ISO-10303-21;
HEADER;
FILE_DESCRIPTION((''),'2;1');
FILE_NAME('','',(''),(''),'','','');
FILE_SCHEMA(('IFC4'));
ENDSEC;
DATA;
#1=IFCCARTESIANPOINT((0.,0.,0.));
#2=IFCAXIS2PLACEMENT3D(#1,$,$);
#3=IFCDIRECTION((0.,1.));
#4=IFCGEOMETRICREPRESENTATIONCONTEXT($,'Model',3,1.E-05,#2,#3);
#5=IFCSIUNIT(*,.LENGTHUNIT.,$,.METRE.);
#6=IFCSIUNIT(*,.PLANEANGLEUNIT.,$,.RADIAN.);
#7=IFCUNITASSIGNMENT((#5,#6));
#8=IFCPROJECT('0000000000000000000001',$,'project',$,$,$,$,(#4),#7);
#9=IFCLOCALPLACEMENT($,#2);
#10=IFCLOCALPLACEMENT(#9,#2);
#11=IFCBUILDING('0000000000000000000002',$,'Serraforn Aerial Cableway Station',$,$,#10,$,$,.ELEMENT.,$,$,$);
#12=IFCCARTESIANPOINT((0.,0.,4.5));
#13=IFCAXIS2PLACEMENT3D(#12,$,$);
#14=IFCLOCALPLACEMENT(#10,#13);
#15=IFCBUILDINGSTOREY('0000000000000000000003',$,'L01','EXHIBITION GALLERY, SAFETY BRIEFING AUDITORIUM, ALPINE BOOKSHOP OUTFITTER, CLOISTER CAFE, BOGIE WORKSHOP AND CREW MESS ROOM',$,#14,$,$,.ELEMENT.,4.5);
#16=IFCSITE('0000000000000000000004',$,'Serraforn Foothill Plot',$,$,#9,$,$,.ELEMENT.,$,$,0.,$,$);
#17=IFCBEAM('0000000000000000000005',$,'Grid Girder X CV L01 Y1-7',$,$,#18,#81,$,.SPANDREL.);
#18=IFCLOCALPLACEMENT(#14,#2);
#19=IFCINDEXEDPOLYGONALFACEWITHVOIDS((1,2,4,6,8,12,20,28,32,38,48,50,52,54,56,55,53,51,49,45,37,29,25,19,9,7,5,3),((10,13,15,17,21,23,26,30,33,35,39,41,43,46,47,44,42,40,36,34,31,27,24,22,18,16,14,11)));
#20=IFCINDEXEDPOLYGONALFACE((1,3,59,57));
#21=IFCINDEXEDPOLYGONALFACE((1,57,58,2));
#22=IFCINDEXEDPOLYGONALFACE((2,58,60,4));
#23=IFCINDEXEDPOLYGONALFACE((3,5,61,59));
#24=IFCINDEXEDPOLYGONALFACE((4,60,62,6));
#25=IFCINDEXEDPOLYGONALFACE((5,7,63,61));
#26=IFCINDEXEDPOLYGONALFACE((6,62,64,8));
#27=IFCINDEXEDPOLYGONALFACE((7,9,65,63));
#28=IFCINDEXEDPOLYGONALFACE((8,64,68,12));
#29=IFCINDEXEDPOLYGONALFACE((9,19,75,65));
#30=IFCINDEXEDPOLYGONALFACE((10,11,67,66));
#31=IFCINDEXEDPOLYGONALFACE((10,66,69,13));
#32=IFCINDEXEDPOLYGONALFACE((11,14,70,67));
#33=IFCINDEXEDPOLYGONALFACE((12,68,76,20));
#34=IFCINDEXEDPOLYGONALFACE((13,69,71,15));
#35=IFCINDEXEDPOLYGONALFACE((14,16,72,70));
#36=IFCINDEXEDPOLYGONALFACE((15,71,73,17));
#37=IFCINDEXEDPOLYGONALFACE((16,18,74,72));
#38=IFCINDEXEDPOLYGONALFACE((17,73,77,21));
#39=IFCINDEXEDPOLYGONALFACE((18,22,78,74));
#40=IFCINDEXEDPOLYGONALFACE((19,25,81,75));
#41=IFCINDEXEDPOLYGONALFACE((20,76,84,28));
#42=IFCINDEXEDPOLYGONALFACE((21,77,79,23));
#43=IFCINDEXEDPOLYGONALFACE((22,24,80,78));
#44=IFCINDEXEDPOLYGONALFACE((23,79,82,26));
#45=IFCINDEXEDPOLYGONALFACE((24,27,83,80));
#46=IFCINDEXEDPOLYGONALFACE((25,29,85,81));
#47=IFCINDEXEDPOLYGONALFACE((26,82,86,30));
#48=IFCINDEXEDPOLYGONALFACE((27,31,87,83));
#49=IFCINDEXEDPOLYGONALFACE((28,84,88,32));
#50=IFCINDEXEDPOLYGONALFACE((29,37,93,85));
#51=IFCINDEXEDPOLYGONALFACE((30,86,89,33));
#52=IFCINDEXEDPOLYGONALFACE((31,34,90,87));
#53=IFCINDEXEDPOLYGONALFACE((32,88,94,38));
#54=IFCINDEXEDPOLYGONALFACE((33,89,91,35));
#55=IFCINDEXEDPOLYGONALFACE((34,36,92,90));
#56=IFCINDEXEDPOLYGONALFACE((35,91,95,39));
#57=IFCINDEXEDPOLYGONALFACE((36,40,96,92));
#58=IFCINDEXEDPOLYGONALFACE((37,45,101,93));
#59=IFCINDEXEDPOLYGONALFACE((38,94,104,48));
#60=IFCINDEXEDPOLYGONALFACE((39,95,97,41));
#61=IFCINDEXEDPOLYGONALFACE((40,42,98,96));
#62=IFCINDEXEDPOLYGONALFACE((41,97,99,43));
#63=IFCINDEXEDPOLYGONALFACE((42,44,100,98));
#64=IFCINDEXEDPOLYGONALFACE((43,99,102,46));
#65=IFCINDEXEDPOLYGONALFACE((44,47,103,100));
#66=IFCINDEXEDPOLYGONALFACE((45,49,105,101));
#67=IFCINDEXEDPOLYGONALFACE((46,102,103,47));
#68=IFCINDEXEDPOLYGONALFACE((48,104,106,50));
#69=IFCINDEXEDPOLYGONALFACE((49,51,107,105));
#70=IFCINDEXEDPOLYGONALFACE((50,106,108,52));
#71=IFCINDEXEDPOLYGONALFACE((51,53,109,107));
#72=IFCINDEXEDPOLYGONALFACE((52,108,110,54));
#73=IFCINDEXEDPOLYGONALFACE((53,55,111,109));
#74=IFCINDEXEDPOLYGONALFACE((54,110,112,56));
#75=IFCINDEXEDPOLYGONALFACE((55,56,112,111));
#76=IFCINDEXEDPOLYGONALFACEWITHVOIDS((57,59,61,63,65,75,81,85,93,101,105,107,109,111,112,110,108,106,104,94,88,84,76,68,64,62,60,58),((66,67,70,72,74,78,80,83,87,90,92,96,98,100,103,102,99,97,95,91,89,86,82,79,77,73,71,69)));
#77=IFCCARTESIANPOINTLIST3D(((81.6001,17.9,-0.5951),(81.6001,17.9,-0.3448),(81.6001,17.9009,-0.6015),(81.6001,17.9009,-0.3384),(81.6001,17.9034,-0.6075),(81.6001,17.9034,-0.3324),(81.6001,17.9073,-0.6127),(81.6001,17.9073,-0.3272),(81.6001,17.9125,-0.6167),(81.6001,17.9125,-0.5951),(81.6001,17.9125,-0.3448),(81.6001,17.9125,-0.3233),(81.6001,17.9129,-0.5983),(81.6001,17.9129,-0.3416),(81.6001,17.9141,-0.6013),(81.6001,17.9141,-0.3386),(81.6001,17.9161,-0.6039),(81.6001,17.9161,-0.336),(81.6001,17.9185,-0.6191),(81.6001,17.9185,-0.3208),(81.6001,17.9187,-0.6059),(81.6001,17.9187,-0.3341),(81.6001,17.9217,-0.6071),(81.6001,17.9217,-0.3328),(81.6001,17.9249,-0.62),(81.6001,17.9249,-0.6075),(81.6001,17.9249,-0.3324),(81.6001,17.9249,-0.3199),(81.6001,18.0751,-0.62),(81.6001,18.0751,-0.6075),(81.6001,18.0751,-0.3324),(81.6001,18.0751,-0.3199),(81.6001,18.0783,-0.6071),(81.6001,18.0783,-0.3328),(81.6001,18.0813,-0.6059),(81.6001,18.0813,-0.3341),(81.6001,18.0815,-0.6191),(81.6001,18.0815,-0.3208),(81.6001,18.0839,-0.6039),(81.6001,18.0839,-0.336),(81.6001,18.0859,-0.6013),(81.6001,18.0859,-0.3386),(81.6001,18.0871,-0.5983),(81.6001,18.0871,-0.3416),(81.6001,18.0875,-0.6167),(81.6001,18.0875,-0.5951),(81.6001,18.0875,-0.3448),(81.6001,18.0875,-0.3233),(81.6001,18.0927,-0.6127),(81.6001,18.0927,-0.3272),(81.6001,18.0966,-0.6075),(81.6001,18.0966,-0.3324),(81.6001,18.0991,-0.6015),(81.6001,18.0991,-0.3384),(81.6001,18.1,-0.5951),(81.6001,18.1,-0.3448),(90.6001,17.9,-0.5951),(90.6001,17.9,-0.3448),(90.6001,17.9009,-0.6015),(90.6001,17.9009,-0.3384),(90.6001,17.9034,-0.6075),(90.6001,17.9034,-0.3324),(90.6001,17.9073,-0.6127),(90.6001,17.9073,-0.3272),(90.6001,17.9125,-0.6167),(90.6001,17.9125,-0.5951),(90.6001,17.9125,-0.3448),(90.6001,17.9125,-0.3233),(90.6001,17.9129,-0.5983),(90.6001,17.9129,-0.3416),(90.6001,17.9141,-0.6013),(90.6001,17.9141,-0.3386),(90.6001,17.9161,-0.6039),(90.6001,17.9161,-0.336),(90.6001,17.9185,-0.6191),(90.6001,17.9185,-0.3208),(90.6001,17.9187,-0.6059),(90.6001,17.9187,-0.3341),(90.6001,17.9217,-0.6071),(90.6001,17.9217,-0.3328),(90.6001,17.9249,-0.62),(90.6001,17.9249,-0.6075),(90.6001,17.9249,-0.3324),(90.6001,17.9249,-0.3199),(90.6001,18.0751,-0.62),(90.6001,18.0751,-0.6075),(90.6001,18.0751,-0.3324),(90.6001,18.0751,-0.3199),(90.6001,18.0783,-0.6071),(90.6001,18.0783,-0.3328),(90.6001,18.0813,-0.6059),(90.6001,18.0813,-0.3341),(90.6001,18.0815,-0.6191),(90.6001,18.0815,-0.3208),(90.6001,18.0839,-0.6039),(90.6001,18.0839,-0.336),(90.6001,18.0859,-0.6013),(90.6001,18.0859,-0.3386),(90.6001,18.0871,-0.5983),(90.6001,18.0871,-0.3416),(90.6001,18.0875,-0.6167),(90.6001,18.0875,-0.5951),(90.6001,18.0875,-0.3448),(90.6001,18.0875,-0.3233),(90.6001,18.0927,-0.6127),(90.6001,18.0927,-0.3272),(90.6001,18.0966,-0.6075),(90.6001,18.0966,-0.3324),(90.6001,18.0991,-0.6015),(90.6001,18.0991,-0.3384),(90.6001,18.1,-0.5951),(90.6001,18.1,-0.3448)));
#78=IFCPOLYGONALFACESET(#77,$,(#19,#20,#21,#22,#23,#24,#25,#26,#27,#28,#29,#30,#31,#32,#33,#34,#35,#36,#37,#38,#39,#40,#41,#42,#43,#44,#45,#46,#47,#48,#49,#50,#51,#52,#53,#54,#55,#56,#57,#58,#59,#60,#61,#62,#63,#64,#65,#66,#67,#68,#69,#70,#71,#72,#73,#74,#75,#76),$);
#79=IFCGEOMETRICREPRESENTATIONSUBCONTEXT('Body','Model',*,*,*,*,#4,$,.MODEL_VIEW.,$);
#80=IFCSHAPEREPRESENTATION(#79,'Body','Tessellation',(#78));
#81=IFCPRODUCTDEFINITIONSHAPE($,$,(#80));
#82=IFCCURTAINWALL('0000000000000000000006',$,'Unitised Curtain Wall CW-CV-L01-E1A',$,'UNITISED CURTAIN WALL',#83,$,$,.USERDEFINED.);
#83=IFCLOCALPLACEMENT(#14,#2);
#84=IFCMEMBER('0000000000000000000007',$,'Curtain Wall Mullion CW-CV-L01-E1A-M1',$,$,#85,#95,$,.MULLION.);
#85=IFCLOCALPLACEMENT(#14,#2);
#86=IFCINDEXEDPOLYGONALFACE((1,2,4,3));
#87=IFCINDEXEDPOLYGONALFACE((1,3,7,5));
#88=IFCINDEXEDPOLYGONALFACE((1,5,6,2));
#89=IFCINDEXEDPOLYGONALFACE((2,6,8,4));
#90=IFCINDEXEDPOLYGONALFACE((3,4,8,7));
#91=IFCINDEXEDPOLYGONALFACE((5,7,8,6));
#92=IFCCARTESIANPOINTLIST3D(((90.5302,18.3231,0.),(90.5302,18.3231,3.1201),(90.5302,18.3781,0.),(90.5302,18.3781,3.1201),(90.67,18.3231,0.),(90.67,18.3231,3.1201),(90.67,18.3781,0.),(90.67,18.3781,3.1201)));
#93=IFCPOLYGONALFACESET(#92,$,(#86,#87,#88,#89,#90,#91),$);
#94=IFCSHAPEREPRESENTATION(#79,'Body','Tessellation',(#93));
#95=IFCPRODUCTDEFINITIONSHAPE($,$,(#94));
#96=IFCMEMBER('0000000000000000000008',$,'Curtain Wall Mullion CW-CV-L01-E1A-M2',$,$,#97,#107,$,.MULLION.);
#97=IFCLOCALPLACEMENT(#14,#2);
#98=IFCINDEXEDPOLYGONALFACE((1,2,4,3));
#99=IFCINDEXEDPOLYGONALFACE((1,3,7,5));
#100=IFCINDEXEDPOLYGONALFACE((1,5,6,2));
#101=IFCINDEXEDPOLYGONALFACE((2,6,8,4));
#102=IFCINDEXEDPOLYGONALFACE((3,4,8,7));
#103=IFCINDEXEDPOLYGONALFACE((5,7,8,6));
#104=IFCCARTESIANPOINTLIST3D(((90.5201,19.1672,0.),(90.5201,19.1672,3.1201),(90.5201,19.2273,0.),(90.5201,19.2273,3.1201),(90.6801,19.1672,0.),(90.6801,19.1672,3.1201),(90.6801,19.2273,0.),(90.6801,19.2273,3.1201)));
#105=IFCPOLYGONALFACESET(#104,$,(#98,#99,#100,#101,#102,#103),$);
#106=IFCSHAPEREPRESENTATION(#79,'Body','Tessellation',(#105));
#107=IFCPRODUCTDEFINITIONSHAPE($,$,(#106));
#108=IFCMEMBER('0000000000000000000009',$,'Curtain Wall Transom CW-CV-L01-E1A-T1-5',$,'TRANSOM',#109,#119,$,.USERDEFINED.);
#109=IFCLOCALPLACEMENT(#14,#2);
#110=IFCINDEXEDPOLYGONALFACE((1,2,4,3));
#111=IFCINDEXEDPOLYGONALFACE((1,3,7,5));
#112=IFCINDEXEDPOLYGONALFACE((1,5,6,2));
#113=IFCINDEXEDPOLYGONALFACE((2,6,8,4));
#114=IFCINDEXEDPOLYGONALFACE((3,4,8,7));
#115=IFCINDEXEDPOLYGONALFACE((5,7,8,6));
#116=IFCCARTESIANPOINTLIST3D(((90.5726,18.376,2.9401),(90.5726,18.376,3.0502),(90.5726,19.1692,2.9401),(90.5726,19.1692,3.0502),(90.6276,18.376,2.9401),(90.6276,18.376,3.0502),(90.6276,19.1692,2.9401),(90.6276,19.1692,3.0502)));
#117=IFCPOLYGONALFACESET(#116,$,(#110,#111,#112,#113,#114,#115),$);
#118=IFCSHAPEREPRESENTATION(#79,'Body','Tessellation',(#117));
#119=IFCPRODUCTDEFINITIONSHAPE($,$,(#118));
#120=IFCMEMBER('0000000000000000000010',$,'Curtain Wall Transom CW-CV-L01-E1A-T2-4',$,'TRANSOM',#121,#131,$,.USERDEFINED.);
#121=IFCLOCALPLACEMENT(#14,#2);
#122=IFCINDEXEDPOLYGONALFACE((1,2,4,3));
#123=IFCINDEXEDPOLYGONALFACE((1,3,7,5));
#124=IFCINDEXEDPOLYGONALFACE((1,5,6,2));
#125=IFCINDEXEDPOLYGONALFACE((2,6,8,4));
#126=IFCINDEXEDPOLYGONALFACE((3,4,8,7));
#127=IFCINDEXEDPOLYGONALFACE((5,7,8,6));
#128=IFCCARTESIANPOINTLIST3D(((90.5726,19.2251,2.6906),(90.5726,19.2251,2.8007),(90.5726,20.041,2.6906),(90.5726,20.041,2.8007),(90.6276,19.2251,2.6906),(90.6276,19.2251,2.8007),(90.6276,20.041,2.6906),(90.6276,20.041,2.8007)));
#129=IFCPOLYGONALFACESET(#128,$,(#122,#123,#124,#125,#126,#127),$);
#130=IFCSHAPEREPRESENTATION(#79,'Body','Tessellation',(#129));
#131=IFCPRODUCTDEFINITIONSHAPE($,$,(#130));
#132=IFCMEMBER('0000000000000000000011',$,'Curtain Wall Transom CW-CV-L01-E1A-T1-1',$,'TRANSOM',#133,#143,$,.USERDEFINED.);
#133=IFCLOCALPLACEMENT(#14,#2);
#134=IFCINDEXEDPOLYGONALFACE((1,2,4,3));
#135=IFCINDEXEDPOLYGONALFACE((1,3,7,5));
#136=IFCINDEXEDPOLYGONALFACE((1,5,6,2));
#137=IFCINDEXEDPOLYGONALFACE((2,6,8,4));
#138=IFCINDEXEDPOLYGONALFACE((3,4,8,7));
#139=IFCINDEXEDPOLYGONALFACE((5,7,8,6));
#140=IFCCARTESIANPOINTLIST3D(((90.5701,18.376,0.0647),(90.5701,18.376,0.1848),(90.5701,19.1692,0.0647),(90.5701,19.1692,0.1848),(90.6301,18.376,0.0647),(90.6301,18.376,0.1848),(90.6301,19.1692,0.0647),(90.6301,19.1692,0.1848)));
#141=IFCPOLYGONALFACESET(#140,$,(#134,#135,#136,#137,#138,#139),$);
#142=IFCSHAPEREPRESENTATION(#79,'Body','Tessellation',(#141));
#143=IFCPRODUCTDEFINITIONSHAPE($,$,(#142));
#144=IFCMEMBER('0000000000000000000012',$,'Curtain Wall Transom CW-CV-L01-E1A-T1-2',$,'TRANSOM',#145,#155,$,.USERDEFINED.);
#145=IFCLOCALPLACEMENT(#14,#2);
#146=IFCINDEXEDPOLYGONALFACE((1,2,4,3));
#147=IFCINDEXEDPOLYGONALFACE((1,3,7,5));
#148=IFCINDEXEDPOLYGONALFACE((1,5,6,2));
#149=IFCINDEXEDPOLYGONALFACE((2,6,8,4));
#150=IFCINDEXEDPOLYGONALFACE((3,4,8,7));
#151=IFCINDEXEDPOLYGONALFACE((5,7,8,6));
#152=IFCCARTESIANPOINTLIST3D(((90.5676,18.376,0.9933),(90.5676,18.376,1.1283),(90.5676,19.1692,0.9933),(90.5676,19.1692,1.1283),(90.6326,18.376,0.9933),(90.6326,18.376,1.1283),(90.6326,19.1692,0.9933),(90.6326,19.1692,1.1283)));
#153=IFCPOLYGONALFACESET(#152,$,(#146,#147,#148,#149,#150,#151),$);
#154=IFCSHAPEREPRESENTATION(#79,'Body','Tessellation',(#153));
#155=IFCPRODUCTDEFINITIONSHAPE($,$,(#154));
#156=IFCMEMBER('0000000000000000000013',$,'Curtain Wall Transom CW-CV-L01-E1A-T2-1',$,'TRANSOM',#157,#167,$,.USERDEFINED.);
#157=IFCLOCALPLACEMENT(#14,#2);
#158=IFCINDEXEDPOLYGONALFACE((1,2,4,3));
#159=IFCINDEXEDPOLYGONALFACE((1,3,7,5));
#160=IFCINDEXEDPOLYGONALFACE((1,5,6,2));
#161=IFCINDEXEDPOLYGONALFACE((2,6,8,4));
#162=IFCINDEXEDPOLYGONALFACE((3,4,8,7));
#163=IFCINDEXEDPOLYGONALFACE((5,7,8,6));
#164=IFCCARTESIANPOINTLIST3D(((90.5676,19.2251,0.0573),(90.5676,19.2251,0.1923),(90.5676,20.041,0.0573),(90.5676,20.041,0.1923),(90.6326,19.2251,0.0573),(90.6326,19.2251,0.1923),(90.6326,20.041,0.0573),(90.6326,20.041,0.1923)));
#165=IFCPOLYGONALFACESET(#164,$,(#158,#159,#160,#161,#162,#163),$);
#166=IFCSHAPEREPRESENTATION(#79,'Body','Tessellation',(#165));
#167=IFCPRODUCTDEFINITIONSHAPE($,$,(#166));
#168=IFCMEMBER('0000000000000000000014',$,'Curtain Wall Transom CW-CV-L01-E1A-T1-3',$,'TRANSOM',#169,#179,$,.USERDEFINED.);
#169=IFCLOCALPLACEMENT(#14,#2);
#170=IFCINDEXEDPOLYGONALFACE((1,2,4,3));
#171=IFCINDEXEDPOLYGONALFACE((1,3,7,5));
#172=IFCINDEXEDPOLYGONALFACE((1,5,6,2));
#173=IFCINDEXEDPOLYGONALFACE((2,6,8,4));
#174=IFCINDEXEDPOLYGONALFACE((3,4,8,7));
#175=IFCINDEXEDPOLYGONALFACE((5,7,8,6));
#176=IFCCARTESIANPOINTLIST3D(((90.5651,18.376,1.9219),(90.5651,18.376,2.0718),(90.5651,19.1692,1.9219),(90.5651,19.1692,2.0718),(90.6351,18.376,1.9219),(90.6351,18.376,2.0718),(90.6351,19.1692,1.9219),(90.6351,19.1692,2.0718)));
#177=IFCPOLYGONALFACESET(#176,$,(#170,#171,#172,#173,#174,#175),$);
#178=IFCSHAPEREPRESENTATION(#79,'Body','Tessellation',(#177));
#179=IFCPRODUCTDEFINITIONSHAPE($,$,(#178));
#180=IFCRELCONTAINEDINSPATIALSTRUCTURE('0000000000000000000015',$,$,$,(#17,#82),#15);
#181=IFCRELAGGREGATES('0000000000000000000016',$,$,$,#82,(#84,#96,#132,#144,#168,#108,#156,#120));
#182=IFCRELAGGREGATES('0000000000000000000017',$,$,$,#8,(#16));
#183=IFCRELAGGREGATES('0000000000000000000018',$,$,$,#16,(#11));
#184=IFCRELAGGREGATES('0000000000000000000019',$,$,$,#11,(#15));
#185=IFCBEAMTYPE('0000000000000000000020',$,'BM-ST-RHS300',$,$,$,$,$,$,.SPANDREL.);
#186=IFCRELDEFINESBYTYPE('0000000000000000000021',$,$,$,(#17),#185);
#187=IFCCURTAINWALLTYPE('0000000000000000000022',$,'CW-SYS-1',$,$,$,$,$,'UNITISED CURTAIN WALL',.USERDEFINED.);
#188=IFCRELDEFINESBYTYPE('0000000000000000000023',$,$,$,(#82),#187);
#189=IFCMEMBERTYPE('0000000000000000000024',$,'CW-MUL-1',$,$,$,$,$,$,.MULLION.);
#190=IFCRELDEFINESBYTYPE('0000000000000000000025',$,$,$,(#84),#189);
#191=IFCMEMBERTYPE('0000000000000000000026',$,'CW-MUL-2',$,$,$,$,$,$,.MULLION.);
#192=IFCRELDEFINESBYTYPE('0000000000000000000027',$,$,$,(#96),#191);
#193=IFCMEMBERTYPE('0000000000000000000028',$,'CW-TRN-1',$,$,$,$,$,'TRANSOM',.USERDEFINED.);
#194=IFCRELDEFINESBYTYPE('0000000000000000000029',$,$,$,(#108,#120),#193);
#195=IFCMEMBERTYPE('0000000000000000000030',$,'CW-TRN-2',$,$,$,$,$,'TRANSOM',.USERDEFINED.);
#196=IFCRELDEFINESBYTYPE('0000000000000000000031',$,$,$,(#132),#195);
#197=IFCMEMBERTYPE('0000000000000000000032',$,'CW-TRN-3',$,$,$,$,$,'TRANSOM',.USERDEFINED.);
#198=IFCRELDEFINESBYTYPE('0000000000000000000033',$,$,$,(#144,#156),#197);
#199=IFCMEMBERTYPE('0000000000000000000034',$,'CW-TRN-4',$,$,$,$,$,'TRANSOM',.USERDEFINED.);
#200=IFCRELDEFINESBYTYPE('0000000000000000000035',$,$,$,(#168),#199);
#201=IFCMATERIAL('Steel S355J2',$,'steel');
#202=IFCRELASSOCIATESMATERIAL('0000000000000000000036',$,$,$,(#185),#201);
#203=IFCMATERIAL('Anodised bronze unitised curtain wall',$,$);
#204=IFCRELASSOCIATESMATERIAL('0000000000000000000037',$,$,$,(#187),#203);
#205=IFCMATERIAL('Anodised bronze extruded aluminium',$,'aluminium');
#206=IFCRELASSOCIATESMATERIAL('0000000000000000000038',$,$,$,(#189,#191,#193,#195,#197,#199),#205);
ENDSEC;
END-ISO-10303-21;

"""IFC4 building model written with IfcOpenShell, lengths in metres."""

from ifc_helpers import new_model, si_unit, direction, frame, origin, origin_2d, place, context, subcontext, project, spatial, rectangle, hollow_rectangle, extrude, material, material_profile, profile_set, type_object, element, aggregate, save


model = new_model("IFC4")

# Units and contexts
model_context = context("Model", 3, precision=1e-05, world=origin(), true_north=direction((0.0, 1.0)))
body_context = subcontext(model_context, "Body", "Model", "MODEL_VIEW")
ifc_project = project(units=[si_unit("LENGTHUNIT", "METRE"), si_unit("PLANEANGLEUNIT", "RADIAN")], contexts=[model_context])

# Site, building, storey
site_placement = place(None, origin())
site = spatial("IfcSite", under=ifc_project, at=site_placement, Name="Serraforn Foothill Plot", CompositionType="ELEMENT", RefElevation=0.0)
building_placement = place(site_placement, origin())
building = spatial("IfcBuilding", under=site, at=building_placement, Name="Serraforn Aerial Cableway Station", CompositionType="ELEMENT")
storey_placement = place(building_placement, frame((0.0, 0.0, 4.5)))
storey = spatial("IfcBuildingStorey", under=building, at=storey_placement, Name="L01", Description="EXHIBITION GALLERY, SAFETY BRIEFING AUDITORIUM, ALPINE BOOKSHOP OUTFITTER, CLOISTER CAFE, BOGIE WORKSHOP AND CREW MESS ROOM", CompositionType="ELEMENT", Elevation=4.5)

# Beam
ifc_material_1 = material(Name="Steel S355J2", Category="steel")
ifc_material_profile_1 = material_profile(ifc_material_1, hollow_rectangle(XDim=0.2, YDim=0.3, WallThickness=0.0125, InnerFilletRadius=0.0125, OuterFilletRadius=0.0249, at=origin_2d()), Name="RHS 300x200x12.5")
ifc_profile_set_1 = profile_set([ifc_material_profile_1], Name="Steel S355J2")
beam_type_1 = type_object("IfcBeamType", Name="BM-ST-RHS300", PredefinedType="SPANDREL", material=ifc_profile_set_1)
beam_1_placement = place(storey_placement, frame((81.6001, 18.0, -0.47), z_axis=(1.0, 0.0, 0.0), x_axis=(0.0, 1.0, 0.0)))
element("IfcBeam", 1, at=beam_1_placement, inside=storey, type_object=beam_type_1, Name="Grid Girder X CV L01 Y1-7", PredefinedType="SPANDREL", context=body_context, shape_type="SweptSolid", body=[
    extrude(hollow_rectangle(XDim=0.2, YDim=0.3, WallThickness=0.0125, InnerFilletRadius=0.0125, OuterFilletRadius=0.0249, at=origin_2d()), origin(), (0.0, 0.0, 1.0), 9.0),
])

# Curtain wall, members
ifc_material_2 = material(Name="Anodised bronze unitised curtain wall")
curtain_wall_type = type_object("IfcCurtainWallType", Name="CW-SYS-1", ElementType="UNITISED CURTAIN WALL", PredefinedType="USERDEFINED", material=ifc_material_2)
curtain_wall_placement = place(storey_placement, origin())
curtain_wall = element("IfcCurtainWall", 2, at=curtain_wall_placement, inside=storey, type_object=curtain_wall_type, Name="Unitised Curtain Wall CW-CV-L01-E1A", ObjectType="UNITISED CURTAIN WALL", PredefinedType="USERDEFINED")
ifc_material_3 = material(Name="Anodised bronze extruded aluminium", Category="aluminium")
ifc_material_profile_2 = material_profile(ifc_material_3, rectangle(XDim=0.0549, YDim=0.1399, at=origin_2d()), Name="CW MULLION 55x140")
ifc_profile_set_2 = profile_set([ifc_material_profile_2], Name="Anodised bronze extruded aluminium")
member_type_1 = type_object("IfcMemberType", Name="CW-MUL-1", PredefinedType="MULLION", material=ifc_profile_set_2)
member_1_placement = place(storey_placement, frame((90.6001, 18.3506, 0.0), z_axis=(0.0, 0.0, 1.0), x_axis=(0.0, 1.0, 0.0)))
member_1 = element("IfcMember", 3, at=member_1_placement, type_object=member_type_1, Name="Curtain Wall Mullion CW-CV-L01-E1A-M1", PredefinedType="MULLION", context=body_context, shape_type="SweptSolid", body=[
    extrude(rectangle(XDim=0.0549, YDim=0.1399, at=origin_2d()), origin(), (0.0, 0.0, 1.0), 3.1201),
])
ifc_material_profile_3 = material_profile(ifc_material_3, rectangle(XDim=0.0601, YDim=0.1599, at=origin_2d()), Name="CW MULLION 60x160")
ifc_profile_set_3 = profile_set([ifc_material_profile_3], Name="Anodised bronze extruded aluminium")
member_type_2 = type_object("IfcMemberType", Name="CW-MUL-2", PredefinedType="MULLION", material=ifc_profile_set_3)
member_2_placement = place(storey_placement, frame((90.6001, 19.1973, 0.0), z_axis=(0.0, 0.0, 1.0), x_axis=(0.0, 1.0, 0.0)))
member_2 = element("IfcMember", 4, at=member_2_placement, type_object=member_type_2, Name="Curtain Wall Mullion CW-CV-L01-E1A-M2", PredefinedType="MULLION", context=body_context, shape_type="SweptSolid", body=[
    extrude(rectangle(XDim=0.0601, YDim=0.1599, at=origin_2d()), origin(), (0.0, 0.0, 1.0), 3.1201),
])
ifc_material_profile_4 = material_profile(ifc_material_3, rectangle(XDim=0.0549, YDim=0.1101, at=origin_2d()), Name="CW TRANSOM 55x110")
ifc_profile_set_4 = profile_set([ifc_material_profile_4], Name="Anodised bronze extruded aluminium")
member_type_3 = type_object("IfcMemberType", Name="CW-TRN-1", ElementType="TRANSOM", PredefinedType="USERDEFINED", material=ifc_profile_set_4)
member_3_placement = place(storey_placement, frame((90.6001, 18.376, 2.9951), z_axis=(0.0, 1.0, 0.0), x_axis=(-1.0, 0.0, 0.0)))
member_3 = element("IfcMember", 5, at=member_3_placement, type_object=member_type_3, Name="Curtain Wall Transom CW-CV-L01-E1A-T1-5", ObjectType="TRANSOM", PredefinedType="USERDEFINED", context=body_context, shape_type="SweptSolid", body=[
    extrude(rectangle(XDim=0.0549, YDim=0.1101, at=origin_2d()), origin(), (0.0, 0.0, 1.0), 0.7932),
])
member_4_placement = place(storey_placement, frame((90.6001, 19.2251, 2.7456), z_axis=(0.0, 1.0, 0.0), x_axis=(-1.0, 0.0, 0.0)))
member_4 = element("IfcMember", 6, at=member_4_placement, type_object=member_type_3, Name="Curtain Wall Transom CW-CV-L01-E1A-T2-4", ObjectType="TRANSOM", PredefinedType="USERDEFINED", context=body_context, shape_type="SweptSolid", body=[
    extrude(rectangle(XDim=0.0549, YDim=0.1101, at=origin_2d()), origin(), (0.0, 0.0, 1.0), 0.8159),
])
ifc_material_profile_5 = material_profile(ifc_material_3, rectangle(XDim=0.0601, YDim=0.1201, at=origin_2d()), Name="CW TRANSOM 60x120")
ifc_profile_set_5 = profile_set([ifc_material_profile_5], Name="Anodised bronze extruded aluminium")
member_type_4 = type_object("IfcMemberType", Name="CW-TRN-2", ElementType="TRANSOM", PredefinedType="USERDEFINED", material=ifc_profile_set_5)
member_5_placement = place(storey_placement, frame((90.6001, 18.376, 0.1248), z_axis=(0.0, 1.0, 0.0), x_axis=(-1.0, 0.0, 0.0)))
member_5 = element("IfcMember", 7, at=member_5_placement, type_object=member_type_4, Name="Curtain Wall Transom CW-CV-L01-E1A-T1-1", ObjectType="TRANSOM", PredefinedType="USERDEFINED", context=body_context, shape_type="SweptSolid", body=[
    extrude(rectangle(XDim=0.0601, YDim=0.1201, at=origin_2d()), origin(), (0.0, 0.0, 1.0), 0.7932),
])
ifc_material_profile_6 = material_profile(ifc_material_3, rectangle(XDim=0.0649, YDim=0.135, at=origin_2d()), Name="CW TRANSOM 65x135")
ifc_profile_set_6 = profile_set([ifc_material_profile_6], Name="Anodised bronze extruded aluminium")
member_type_5 = type_object("IfcMemberType", Name="CW-TRN-3", ElementType="TRANSOM", PredefinedType="USERDEFINED", material=ifc_profile_set_6)
member_6_placement = place(storey_placement, frame((90.6001, 18.376, 1.0608), z_axis=(0.0, 1.0, 0.0), x_axis=(-1.0, 0.0, 0.0)))
member_6 = element("IfcMember", 8, at=member_6_placement, type_object=member_type_5, Name="Curtain Wall Transom CW-CV-L01-E1A-T1-2", ObjectType="TRANSOM", PredefinedType="USERDEFINED", context=body_context, shape_type="SweptSolid", body=[
    extrude(rectangle(XDim=0.0649, YDim=0.135, at=origin_2d()), origin(), (0.0, 0.0, 1.0), 0.7932),
])
member_7_placement = place(storey_placement, frame((90.6001, 19.2251, 0.1248), z_axis=(0.0, 1.0, 0.0), x_axis=(-1.0, 0.0, 0.0)))
member_7 = element("IfcMember", 9, at=member_7_placement, type_object=member_type_5, Name="Curtain Wall Transom CW-CV-L01-E1A-T2-1", ObjectType="TRANSOM", PredefinedType="USERDEFINED", context=body_context, shape_type="SweptSolid", body=[
    extrude(rectangle(XDim=0.0649, YDim=0.135, at=origin_2d()), origin(), (0.0, 0.0, 1.0), 0.8159),
])
ifc_material_profile_7 = material_profile(ifc_material_3, rectangle(XDim=0.0701, YDim=0.1499, at=origin_2d()), Name="CW TRANSOM 70x150")
ifc_profile_set_7 = profile_set([ifc_material_profile_7], Name="Anodised bronze extruded aluminium")
member_type_6 = type_object("IfcMemberType", Name="CW-TRN-4", ElementType="TRANSOM", PredefinedType="USERDEFINED", material=ifc_profile_set_7)
member_8_placement = place(storey_placement, frame((90.6001, 18.376, 1.9968), z_axis=(0.0, 1.0, 0.0), x_axis=(-1.0, 0.0, 0.0)))
member_8 = element("IfcMember", 10, at=member_8_placement, type_object=member_type_6, Name="Curtain Wall Transom CW-CV-L01-E1A-T1-3", ObjectType="TRANSOM", PredefinedType="USERDEFINED", context=body_context, shape_type="SweptSolid", body=[
    extrude(rectangle(XDim=0.0701, YDim=0.1499, at=origin_2d()), origin(), (0.0, 0.0, 1.0), 0.7932),
])
aggregate(curtain_wall, [member_1, member_2, member_5, member_6, member_8, member_3, member_7, member_4])

save(model, "model.ifc")
